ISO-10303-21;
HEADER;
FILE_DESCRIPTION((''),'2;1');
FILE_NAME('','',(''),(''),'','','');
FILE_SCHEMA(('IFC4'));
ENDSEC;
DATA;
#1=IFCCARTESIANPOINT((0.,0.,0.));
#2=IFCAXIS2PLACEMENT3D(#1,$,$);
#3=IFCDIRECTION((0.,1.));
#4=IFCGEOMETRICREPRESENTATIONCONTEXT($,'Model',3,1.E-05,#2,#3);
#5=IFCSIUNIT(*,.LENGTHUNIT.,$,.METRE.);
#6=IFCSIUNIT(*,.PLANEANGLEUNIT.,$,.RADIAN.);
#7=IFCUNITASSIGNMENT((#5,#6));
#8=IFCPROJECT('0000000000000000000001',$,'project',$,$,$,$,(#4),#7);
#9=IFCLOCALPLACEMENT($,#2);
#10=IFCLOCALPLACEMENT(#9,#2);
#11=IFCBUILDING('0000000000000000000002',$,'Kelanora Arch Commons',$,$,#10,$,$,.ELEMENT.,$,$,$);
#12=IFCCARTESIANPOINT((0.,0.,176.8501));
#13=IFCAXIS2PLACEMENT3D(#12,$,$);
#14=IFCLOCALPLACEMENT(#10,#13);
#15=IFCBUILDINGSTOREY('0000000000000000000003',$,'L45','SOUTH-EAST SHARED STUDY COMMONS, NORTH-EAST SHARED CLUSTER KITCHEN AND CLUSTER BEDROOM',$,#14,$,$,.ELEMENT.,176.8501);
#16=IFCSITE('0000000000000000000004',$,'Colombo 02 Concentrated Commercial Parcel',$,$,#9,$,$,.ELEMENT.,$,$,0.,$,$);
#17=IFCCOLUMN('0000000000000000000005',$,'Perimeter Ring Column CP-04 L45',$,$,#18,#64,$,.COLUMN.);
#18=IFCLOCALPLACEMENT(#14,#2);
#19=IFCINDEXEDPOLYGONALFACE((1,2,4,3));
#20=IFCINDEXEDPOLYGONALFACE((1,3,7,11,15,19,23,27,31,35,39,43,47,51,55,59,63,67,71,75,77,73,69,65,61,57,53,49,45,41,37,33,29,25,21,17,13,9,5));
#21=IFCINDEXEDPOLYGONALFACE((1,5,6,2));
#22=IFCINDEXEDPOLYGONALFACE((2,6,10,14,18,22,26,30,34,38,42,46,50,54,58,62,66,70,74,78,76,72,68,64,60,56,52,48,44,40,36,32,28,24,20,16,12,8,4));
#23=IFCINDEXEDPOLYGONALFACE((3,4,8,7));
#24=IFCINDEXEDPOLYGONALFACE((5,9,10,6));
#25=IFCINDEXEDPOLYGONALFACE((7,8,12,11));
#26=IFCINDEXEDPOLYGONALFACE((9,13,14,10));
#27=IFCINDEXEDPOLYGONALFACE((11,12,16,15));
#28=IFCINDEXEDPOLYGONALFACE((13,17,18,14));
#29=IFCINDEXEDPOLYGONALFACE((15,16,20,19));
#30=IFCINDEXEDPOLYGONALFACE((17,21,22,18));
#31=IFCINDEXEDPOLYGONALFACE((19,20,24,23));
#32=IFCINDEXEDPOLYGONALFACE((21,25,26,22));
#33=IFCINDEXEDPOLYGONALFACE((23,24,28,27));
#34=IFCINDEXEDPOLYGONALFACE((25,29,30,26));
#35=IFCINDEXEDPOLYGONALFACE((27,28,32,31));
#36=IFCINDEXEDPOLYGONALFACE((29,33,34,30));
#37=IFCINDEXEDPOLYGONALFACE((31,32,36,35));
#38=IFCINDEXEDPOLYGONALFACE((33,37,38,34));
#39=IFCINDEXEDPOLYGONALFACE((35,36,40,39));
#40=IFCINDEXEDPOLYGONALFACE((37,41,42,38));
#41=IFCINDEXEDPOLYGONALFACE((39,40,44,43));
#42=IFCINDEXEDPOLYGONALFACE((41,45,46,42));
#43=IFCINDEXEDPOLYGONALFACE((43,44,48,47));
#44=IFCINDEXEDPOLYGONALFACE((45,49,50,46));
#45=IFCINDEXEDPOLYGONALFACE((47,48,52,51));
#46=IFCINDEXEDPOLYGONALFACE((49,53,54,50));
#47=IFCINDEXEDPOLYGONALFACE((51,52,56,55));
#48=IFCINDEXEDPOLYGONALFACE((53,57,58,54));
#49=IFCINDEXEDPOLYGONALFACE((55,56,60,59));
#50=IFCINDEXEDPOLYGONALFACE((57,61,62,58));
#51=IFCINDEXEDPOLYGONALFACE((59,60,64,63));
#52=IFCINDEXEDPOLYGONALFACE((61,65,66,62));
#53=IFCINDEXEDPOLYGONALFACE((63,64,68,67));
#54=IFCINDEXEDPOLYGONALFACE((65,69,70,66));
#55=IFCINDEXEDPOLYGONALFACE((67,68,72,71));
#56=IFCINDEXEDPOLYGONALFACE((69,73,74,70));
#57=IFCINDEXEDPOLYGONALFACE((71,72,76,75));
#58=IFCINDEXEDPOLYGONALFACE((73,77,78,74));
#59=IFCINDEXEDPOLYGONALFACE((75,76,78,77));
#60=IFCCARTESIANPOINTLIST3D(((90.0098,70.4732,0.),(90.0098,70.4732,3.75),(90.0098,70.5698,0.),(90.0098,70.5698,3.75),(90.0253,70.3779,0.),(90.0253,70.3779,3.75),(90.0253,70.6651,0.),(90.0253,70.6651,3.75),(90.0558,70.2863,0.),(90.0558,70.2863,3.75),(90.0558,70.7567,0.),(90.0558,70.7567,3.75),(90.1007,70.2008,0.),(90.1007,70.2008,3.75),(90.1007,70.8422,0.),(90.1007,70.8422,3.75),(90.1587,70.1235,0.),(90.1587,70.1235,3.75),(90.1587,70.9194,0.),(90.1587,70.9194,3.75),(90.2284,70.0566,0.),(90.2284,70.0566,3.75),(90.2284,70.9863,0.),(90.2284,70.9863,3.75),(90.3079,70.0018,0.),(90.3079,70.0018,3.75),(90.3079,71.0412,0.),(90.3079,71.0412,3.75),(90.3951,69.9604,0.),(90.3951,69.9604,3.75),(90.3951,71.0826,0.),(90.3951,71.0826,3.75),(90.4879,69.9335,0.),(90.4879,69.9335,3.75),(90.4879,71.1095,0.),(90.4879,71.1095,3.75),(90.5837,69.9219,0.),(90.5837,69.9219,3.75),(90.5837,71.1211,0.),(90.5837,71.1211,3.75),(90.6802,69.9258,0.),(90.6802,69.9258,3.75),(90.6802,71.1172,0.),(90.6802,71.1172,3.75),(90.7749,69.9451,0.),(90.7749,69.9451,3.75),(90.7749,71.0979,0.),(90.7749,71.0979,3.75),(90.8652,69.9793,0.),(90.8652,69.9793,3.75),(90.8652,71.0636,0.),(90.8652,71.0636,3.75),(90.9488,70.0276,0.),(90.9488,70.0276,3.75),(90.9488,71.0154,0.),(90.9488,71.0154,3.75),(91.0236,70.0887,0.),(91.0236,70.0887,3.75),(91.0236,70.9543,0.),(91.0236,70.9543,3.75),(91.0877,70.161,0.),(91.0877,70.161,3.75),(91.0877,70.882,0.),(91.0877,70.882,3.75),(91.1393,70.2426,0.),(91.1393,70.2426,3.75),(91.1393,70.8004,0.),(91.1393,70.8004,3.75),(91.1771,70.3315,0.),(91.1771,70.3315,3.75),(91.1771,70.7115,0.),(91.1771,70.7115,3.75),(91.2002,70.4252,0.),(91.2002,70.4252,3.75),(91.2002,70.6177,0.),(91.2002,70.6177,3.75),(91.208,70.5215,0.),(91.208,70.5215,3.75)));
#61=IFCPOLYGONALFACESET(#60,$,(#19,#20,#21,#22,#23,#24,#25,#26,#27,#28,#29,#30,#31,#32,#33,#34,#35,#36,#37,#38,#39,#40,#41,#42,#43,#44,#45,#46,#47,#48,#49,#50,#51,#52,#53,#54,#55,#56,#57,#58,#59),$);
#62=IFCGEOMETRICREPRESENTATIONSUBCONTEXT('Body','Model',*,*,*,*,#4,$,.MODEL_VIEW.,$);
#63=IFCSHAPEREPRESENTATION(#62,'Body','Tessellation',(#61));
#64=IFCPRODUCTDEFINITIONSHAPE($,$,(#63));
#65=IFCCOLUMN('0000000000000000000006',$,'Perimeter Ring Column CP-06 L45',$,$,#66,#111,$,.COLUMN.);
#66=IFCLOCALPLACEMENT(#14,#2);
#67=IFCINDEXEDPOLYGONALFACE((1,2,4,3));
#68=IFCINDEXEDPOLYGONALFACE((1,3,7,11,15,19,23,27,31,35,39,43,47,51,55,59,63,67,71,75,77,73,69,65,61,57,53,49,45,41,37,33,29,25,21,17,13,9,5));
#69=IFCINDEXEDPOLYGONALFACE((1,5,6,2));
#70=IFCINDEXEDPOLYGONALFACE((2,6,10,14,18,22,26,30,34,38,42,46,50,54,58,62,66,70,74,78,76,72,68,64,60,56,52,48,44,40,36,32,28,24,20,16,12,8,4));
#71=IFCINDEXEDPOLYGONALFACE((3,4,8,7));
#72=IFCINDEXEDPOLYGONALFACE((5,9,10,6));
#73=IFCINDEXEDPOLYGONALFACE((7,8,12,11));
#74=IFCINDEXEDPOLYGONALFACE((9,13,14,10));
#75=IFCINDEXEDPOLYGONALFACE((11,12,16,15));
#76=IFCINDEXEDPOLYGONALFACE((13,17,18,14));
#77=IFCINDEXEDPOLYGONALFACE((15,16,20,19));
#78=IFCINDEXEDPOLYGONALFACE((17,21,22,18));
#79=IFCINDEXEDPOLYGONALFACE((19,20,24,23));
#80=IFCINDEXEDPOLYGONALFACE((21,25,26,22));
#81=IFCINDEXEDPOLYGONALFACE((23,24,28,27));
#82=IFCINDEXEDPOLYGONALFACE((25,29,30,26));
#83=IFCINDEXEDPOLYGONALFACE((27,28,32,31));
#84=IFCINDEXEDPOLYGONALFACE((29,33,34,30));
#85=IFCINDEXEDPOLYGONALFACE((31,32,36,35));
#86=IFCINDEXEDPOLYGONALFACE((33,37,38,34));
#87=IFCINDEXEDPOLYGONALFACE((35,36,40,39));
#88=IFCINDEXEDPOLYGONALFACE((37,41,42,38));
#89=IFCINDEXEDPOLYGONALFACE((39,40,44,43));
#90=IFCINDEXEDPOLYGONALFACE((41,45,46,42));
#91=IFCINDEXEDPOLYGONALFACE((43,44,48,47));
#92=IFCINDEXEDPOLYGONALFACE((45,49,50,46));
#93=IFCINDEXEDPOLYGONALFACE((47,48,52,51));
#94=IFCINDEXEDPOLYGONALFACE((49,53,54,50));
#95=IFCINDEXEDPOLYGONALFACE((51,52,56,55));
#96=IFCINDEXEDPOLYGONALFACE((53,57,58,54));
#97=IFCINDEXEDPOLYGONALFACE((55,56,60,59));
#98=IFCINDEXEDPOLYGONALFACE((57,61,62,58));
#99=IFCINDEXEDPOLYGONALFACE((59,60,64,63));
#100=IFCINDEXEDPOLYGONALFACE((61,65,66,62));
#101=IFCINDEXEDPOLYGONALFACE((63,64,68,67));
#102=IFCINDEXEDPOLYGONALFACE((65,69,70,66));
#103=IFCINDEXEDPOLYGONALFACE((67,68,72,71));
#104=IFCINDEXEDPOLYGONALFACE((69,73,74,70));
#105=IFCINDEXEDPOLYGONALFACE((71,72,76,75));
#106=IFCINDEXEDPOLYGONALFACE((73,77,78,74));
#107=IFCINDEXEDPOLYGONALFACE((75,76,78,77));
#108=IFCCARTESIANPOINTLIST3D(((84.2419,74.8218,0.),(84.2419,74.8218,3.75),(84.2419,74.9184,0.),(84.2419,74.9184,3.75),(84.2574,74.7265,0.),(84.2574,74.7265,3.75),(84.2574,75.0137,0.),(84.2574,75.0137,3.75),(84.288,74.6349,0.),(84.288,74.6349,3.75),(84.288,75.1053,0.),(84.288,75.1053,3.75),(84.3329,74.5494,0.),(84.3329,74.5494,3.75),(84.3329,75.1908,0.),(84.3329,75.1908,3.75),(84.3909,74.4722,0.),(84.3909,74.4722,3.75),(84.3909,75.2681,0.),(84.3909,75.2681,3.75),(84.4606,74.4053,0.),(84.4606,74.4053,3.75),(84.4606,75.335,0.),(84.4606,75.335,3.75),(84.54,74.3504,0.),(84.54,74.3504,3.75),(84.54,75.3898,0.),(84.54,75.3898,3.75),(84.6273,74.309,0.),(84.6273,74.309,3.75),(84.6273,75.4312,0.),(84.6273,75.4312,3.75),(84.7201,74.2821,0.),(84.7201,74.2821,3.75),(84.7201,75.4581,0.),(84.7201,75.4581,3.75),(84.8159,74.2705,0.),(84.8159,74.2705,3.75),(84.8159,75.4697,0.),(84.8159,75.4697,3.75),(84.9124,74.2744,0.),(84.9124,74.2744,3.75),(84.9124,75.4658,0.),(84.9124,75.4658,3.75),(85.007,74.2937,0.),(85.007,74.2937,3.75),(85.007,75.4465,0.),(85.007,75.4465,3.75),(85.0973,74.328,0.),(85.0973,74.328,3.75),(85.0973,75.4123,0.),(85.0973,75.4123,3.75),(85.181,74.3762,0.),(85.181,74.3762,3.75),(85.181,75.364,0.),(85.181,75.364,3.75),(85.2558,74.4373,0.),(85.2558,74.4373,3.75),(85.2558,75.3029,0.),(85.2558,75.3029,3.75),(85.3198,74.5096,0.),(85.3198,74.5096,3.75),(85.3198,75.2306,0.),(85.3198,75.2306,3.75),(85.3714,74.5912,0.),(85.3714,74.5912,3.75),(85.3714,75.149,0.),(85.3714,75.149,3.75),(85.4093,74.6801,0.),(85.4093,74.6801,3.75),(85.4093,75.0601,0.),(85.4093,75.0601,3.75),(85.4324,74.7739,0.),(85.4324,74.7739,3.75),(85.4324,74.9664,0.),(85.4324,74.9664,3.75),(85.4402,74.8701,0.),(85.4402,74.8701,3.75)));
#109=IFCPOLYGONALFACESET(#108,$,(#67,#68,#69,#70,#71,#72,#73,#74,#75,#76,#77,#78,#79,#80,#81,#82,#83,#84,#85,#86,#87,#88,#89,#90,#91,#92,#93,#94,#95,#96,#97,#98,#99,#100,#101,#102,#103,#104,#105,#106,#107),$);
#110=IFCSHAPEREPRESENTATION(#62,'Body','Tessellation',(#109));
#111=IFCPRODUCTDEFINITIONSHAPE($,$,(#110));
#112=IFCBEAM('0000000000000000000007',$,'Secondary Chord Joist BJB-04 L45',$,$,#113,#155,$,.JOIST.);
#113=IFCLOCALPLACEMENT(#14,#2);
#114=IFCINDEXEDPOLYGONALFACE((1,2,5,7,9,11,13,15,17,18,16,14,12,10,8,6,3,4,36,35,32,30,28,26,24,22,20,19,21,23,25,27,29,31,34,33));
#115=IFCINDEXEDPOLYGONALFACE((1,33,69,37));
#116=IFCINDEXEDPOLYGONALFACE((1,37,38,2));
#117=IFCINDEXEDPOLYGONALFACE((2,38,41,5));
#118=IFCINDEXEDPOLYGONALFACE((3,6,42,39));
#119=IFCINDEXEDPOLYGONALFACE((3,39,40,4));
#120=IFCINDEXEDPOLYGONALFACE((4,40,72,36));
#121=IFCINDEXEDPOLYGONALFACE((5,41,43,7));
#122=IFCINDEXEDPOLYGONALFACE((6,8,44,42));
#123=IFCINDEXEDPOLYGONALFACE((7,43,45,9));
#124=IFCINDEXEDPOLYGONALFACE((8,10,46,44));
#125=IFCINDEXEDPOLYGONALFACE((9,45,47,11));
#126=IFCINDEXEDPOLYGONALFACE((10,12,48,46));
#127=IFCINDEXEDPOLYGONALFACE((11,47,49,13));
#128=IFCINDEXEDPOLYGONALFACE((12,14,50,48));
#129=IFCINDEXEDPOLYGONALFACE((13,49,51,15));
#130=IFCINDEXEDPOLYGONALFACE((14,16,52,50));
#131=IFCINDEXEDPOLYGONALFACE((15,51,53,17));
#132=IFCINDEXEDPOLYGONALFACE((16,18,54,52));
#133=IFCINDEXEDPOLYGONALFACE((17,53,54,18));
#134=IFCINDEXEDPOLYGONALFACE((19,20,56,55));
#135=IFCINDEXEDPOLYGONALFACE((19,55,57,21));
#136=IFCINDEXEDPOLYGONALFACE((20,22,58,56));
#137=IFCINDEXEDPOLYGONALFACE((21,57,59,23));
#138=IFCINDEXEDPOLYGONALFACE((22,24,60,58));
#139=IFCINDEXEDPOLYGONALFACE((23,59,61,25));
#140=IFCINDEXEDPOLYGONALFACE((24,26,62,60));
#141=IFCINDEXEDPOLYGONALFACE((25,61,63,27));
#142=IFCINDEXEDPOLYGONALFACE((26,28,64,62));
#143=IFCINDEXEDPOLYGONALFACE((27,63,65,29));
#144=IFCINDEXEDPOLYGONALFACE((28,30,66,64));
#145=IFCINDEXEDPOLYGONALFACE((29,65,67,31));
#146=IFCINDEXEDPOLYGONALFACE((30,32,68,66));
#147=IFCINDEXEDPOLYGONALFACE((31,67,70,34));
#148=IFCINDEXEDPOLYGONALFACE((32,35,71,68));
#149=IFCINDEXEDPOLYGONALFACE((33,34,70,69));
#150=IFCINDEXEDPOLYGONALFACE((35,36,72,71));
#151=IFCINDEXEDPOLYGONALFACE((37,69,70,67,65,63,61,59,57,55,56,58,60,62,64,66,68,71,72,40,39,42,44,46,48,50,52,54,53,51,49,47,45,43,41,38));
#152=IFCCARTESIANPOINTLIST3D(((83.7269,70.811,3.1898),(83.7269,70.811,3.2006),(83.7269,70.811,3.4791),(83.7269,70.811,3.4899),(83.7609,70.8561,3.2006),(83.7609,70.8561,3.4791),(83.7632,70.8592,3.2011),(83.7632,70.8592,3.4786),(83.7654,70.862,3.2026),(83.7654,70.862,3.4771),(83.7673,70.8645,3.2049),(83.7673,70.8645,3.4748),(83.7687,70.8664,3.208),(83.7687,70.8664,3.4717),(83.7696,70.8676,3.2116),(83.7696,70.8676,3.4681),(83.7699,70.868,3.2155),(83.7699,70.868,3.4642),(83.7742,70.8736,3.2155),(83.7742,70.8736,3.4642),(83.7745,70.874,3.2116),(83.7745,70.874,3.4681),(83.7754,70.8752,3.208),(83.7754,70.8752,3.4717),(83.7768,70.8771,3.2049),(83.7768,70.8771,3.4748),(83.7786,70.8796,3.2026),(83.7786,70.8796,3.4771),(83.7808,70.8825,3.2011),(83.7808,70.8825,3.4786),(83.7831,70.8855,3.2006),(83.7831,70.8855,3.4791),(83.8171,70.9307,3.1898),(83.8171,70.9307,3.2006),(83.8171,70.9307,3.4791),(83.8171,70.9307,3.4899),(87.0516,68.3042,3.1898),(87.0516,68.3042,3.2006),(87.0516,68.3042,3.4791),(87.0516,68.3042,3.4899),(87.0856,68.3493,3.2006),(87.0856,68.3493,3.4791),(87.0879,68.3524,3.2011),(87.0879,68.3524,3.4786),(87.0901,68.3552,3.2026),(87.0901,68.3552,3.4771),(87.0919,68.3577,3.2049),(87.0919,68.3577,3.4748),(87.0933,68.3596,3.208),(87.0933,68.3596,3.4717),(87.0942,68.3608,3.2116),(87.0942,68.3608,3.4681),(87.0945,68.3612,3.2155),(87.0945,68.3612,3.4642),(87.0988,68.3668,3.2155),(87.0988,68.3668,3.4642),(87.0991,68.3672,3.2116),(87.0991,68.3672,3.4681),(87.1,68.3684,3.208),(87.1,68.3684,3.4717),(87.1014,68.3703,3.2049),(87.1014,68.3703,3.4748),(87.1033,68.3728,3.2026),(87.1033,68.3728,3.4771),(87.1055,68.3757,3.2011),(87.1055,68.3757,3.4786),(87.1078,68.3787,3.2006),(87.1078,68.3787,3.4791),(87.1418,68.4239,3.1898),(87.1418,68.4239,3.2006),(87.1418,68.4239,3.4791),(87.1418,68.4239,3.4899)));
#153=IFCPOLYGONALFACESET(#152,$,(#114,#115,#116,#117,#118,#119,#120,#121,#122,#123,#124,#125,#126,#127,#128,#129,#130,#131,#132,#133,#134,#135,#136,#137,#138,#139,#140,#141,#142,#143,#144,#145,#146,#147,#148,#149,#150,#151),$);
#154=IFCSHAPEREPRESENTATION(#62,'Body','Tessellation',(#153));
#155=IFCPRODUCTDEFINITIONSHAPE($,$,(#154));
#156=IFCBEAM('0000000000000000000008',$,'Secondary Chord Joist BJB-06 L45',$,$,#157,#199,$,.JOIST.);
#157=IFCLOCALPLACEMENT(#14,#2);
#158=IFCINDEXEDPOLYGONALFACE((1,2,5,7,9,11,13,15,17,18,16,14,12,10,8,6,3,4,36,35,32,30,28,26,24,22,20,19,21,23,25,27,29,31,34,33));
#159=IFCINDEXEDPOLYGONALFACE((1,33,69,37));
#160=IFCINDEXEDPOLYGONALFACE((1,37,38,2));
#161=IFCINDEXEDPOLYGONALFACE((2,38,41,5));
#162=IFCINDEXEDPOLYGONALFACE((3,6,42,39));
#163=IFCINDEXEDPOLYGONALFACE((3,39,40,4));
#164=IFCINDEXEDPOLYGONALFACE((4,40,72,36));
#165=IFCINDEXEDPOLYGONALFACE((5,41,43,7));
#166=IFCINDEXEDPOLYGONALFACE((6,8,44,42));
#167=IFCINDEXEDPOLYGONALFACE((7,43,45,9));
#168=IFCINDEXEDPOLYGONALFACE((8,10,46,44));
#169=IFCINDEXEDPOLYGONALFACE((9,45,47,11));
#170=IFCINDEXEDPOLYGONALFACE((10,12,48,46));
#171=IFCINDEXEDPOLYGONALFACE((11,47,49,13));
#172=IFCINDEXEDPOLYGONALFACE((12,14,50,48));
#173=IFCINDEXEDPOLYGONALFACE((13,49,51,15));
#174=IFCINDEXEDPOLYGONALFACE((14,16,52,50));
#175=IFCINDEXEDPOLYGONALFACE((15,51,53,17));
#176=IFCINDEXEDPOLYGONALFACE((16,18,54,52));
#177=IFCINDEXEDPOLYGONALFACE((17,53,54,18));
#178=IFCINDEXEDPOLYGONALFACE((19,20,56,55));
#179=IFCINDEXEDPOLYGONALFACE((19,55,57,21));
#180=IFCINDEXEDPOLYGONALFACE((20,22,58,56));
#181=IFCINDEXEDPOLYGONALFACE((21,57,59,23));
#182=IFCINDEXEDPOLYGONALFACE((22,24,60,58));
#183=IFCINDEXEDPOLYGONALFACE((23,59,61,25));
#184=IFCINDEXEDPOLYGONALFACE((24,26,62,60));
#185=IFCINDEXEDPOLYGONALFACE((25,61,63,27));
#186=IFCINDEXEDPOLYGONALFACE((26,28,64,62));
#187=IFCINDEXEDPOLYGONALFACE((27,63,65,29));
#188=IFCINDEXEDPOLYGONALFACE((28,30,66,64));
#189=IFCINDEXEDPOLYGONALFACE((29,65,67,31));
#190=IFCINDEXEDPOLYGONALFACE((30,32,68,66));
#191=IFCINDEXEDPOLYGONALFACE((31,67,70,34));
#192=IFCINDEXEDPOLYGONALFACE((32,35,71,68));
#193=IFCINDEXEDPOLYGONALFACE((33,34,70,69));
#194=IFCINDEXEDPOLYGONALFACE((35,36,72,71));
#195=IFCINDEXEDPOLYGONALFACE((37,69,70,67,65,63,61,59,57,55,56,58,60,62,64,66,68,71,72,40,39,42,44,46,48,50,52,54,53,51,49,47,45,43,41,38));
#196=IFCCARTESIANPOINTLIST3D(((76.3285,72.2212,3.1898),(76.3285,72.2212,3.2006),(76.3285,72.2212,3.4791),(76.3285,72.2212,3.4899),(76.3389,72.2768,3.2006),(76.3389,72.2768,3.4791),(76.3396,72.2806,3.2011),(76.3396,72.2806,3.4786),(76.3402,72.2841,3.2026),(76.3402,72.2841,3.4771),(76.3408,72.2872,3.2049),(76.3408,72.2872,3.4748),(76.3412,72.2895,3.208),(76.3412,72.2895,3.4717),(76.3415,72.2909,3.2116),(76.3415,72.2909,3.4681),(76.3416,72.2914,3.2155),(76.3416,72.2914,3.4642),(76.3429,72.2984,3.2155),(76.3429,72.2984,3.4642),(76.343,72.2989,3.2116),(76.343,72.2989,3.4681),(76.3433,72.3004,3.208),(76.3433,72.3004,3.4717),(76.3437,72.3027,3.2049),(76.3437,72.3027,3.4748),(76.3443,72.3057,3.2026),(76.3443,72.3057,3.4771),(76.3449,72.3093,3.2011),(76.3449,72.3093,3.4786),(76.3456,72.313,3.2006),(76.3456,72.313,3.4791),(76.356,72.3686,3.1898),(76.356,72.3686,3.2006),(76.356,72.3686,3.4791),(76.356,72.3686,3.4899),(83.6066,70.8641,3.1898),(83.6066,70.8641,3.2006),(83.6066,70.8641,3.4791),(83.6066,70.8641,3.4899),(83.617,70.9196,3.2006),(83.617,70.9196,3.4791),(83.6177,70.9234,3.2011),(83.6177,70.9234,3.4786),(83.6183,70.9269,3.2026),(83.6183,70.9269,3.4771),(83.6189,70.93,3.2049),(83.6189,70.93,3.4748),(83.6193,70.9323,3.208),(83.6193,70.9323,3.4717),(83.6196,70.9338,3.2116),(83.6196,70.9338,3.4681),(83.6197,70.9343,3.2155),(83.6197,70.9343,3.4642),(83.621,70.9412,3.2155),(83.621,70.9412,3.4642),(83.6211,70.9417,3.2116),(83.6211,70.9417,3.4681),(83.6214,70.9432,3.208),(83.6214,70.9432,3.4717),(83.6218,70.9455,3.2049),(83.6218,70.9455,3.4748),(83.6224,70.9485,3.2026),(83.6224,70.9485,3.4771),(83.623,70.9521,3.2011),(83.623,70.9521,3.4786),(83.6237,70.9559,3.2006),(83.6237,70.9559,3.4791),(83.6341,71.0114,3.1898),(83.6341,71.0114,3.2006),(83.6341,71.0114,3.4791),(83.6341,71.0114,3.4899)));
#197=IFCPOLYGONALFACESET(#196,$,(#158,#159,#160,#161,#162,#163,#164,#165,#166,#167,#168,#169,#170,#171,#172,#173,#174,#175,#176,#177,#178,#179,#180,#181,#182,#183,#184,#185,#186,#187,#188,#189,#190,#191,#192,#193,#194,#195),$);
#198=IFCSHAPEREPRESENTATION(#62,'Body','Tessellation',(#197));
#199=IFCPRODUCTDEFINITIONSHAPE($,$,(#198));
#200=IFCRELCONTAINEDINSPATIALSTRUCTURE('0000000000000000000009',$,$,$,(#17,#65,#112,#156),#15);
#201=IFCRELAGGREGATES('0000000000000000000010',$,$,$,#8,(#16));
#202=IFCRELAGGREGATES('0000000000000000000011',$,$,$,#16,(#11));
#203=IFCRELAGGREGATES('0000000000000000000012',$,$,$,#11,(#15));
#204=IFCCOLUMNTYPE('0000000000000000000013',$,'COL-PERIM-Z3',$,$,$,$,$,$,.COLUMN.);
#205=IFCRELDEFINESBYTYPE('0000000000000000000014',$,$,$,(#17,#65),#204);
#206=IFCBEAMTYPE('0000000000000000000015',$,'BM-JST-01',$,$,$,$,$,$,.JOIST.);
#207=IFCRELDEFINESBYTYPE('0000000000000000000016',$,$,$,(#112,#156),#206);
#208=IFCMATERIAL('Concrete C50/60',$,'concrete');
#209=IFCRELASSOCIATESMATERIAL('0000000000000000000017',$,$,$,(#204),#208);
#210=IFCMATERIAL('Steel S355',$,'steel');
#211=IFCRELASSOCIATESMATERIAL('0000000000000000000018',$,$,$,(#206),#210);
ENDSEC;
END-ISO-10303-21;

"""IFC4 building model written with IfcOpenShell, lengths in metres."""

from ifc_helpers import new_model, si_unit, direction, frame, origin, origin_2d, place, context, subcontext, project, spatial, circle, i_section, extrude, material, material_profile, profile_set, type_object, element, save


model = new_model("IFC4")

# Units and contexts
model_context = context("Model", 3, precision=1e-05, world=origin(), true_north=direction((0.0, 1.0)))
body_context = subcontext(model_context, "Body", "Model", "MODEL_VIEW")
ifc_project = project(units=[si_unit("LENGTHUNIT", "METRE"), si_unit("PLANEANGLEUNIT", "RADIAN")], contexts=[model_context])

# Site, building, storey
site_placement = place(None, origin())
site = spatial("IfcSite", under=ifc_project, at=site_placement, Name="Colombo 02 Concentrated Commercial Parcel", CompositionType="ELEMENT", RefElevation=0.0)
building_placement = place(site_placement, origin())
building = spatial("IfcBuilding", under=site, at=building_placement, Name="Kelanora Arch Commons", CompositionType="ELEMENT")
storey_placement = place(building_placement, frame((0.0, 0.0, 176.8501)))
storey = spatial("IfcBuildingStorey", under=building, at=storey_placement, Name="L45", Description="SOUTH-EAST SHARED STUDY COMMONS, NORTH-EAST SHARED CLUSTER KITCHEN AND CLUSTER BEDROOM", CompositionType="ELEMENT", Elevation=176.8501)

# Columns
ifc_material_1 = material(Name="Concrete C50/60", Category="concrete")
ifc_material_profile_1 = material_profile(ifc_material_1, circle(Radius=0.6001, at=origin_2d()), Name="RCC1200")
ifc_profile_set_1 = profile_set([ifc_material_profile_1], Name="Concrete C50/60")
column_type = type_object("IfcColumnType", Name="COL-PERIM-Z3", PredefinedType="COLUMN", material=ifc_profile_set_1)
for number, where, z_axis, x_axis, name in (
    (1, (90.6079, 70.5215, 0.0), (0.0, 0.0, 1.0), (1.0, 0.0, 0.0), "Perimeter Ring Column CP-04 L45"),
    (2, (84.8401, 74.8701, 0.0), (0.0, 0.0, 1.0), (1.0, 0.0, 0.0), "Perimeter Ring Column CP-06 L45"),
):
    element("IfcColumn", number, at=place(storey_placement, frame(where, z_axis=z_axis, x_axis=x_axis)), inside=storey, type_object=column_type, Name=name, PredefinedType="COLUMN", context=body_context, shape_type="SweptSolid", body=[
        extrude(circle(Radius=0.6001, at=origin_2d()), origin(), (0.0, 0.0, 1.0), 3.75),
    ])

# Beams
ifc_material_2 = material(Name="Steel S355", Category="steel")
ifc_material_profile_2 = material_profile(ifc_material_2, i_section(OverallWidth=0.1499, OverallDepth=0.3, WebThickness=0.0071, FlangeThickness=0.0107, FilletRadius=0.0149, at=origin_2d()), Name="IPE300")
ifc_profile_set_2 = profile_set([ifc_material_profile_2], Name="Steel S355")
beam_type_1 = type_object("IfcBeamType", Name="BM-JST-01", PredefinedType="JOIST", material=ifc_profile_set_2)
beam_1_placement = place(storey_placement, frame((87.0967, 68.364, 3.3398), z_axis=(-0.798464, 0.602043, 0.0), x_axis=(-0.602043, -0.798464, 0.0)))
element("IfcBeam", 3, at=beam_1_placement, inside=storey, type_object=beam_type_1, Name="Secondary Chord Joist BJB-04 L45", PredefinedType="JOIST", context=body_context, shape_type="SweptSolid", body=[
    extrude(i_section(OverallWidth=0.1499, OverallDepth=0.3, WebThickness=0.0071, FlangeThickness=0.0107, FilletRadius=0.0149, at=origin_2d()), origin(), (0.0, 0.0, 1.0), 4.1638),
])
beam_2_placement = place(storey_placement, frame((83.6204, 70.9377, 3.3398), z_axis=(-0.983054, 0.183315, 0.0), x_axis=(-0.183315, -0.983054, 0.0)))
element("IfcBeam", 4, at=beam_2_placement, inside=storey, type_object=beam_type_1, Name="Secondary Chord Joist BJB-06 L45", PredefinedType="JOIST", context=body_context, shape_type="SweptSolid", body=[
    extrude(i_section(OverallWidth=0.1499, OverallDepth=0.3, WebThickness=0.0071, FlangeThickness=0.0107, FilletRadius=0.0149, at=origin_2d()), origin(), (0.0, 0.0, 1.0), 7.4036),
])

save(model, "model.ifc")
